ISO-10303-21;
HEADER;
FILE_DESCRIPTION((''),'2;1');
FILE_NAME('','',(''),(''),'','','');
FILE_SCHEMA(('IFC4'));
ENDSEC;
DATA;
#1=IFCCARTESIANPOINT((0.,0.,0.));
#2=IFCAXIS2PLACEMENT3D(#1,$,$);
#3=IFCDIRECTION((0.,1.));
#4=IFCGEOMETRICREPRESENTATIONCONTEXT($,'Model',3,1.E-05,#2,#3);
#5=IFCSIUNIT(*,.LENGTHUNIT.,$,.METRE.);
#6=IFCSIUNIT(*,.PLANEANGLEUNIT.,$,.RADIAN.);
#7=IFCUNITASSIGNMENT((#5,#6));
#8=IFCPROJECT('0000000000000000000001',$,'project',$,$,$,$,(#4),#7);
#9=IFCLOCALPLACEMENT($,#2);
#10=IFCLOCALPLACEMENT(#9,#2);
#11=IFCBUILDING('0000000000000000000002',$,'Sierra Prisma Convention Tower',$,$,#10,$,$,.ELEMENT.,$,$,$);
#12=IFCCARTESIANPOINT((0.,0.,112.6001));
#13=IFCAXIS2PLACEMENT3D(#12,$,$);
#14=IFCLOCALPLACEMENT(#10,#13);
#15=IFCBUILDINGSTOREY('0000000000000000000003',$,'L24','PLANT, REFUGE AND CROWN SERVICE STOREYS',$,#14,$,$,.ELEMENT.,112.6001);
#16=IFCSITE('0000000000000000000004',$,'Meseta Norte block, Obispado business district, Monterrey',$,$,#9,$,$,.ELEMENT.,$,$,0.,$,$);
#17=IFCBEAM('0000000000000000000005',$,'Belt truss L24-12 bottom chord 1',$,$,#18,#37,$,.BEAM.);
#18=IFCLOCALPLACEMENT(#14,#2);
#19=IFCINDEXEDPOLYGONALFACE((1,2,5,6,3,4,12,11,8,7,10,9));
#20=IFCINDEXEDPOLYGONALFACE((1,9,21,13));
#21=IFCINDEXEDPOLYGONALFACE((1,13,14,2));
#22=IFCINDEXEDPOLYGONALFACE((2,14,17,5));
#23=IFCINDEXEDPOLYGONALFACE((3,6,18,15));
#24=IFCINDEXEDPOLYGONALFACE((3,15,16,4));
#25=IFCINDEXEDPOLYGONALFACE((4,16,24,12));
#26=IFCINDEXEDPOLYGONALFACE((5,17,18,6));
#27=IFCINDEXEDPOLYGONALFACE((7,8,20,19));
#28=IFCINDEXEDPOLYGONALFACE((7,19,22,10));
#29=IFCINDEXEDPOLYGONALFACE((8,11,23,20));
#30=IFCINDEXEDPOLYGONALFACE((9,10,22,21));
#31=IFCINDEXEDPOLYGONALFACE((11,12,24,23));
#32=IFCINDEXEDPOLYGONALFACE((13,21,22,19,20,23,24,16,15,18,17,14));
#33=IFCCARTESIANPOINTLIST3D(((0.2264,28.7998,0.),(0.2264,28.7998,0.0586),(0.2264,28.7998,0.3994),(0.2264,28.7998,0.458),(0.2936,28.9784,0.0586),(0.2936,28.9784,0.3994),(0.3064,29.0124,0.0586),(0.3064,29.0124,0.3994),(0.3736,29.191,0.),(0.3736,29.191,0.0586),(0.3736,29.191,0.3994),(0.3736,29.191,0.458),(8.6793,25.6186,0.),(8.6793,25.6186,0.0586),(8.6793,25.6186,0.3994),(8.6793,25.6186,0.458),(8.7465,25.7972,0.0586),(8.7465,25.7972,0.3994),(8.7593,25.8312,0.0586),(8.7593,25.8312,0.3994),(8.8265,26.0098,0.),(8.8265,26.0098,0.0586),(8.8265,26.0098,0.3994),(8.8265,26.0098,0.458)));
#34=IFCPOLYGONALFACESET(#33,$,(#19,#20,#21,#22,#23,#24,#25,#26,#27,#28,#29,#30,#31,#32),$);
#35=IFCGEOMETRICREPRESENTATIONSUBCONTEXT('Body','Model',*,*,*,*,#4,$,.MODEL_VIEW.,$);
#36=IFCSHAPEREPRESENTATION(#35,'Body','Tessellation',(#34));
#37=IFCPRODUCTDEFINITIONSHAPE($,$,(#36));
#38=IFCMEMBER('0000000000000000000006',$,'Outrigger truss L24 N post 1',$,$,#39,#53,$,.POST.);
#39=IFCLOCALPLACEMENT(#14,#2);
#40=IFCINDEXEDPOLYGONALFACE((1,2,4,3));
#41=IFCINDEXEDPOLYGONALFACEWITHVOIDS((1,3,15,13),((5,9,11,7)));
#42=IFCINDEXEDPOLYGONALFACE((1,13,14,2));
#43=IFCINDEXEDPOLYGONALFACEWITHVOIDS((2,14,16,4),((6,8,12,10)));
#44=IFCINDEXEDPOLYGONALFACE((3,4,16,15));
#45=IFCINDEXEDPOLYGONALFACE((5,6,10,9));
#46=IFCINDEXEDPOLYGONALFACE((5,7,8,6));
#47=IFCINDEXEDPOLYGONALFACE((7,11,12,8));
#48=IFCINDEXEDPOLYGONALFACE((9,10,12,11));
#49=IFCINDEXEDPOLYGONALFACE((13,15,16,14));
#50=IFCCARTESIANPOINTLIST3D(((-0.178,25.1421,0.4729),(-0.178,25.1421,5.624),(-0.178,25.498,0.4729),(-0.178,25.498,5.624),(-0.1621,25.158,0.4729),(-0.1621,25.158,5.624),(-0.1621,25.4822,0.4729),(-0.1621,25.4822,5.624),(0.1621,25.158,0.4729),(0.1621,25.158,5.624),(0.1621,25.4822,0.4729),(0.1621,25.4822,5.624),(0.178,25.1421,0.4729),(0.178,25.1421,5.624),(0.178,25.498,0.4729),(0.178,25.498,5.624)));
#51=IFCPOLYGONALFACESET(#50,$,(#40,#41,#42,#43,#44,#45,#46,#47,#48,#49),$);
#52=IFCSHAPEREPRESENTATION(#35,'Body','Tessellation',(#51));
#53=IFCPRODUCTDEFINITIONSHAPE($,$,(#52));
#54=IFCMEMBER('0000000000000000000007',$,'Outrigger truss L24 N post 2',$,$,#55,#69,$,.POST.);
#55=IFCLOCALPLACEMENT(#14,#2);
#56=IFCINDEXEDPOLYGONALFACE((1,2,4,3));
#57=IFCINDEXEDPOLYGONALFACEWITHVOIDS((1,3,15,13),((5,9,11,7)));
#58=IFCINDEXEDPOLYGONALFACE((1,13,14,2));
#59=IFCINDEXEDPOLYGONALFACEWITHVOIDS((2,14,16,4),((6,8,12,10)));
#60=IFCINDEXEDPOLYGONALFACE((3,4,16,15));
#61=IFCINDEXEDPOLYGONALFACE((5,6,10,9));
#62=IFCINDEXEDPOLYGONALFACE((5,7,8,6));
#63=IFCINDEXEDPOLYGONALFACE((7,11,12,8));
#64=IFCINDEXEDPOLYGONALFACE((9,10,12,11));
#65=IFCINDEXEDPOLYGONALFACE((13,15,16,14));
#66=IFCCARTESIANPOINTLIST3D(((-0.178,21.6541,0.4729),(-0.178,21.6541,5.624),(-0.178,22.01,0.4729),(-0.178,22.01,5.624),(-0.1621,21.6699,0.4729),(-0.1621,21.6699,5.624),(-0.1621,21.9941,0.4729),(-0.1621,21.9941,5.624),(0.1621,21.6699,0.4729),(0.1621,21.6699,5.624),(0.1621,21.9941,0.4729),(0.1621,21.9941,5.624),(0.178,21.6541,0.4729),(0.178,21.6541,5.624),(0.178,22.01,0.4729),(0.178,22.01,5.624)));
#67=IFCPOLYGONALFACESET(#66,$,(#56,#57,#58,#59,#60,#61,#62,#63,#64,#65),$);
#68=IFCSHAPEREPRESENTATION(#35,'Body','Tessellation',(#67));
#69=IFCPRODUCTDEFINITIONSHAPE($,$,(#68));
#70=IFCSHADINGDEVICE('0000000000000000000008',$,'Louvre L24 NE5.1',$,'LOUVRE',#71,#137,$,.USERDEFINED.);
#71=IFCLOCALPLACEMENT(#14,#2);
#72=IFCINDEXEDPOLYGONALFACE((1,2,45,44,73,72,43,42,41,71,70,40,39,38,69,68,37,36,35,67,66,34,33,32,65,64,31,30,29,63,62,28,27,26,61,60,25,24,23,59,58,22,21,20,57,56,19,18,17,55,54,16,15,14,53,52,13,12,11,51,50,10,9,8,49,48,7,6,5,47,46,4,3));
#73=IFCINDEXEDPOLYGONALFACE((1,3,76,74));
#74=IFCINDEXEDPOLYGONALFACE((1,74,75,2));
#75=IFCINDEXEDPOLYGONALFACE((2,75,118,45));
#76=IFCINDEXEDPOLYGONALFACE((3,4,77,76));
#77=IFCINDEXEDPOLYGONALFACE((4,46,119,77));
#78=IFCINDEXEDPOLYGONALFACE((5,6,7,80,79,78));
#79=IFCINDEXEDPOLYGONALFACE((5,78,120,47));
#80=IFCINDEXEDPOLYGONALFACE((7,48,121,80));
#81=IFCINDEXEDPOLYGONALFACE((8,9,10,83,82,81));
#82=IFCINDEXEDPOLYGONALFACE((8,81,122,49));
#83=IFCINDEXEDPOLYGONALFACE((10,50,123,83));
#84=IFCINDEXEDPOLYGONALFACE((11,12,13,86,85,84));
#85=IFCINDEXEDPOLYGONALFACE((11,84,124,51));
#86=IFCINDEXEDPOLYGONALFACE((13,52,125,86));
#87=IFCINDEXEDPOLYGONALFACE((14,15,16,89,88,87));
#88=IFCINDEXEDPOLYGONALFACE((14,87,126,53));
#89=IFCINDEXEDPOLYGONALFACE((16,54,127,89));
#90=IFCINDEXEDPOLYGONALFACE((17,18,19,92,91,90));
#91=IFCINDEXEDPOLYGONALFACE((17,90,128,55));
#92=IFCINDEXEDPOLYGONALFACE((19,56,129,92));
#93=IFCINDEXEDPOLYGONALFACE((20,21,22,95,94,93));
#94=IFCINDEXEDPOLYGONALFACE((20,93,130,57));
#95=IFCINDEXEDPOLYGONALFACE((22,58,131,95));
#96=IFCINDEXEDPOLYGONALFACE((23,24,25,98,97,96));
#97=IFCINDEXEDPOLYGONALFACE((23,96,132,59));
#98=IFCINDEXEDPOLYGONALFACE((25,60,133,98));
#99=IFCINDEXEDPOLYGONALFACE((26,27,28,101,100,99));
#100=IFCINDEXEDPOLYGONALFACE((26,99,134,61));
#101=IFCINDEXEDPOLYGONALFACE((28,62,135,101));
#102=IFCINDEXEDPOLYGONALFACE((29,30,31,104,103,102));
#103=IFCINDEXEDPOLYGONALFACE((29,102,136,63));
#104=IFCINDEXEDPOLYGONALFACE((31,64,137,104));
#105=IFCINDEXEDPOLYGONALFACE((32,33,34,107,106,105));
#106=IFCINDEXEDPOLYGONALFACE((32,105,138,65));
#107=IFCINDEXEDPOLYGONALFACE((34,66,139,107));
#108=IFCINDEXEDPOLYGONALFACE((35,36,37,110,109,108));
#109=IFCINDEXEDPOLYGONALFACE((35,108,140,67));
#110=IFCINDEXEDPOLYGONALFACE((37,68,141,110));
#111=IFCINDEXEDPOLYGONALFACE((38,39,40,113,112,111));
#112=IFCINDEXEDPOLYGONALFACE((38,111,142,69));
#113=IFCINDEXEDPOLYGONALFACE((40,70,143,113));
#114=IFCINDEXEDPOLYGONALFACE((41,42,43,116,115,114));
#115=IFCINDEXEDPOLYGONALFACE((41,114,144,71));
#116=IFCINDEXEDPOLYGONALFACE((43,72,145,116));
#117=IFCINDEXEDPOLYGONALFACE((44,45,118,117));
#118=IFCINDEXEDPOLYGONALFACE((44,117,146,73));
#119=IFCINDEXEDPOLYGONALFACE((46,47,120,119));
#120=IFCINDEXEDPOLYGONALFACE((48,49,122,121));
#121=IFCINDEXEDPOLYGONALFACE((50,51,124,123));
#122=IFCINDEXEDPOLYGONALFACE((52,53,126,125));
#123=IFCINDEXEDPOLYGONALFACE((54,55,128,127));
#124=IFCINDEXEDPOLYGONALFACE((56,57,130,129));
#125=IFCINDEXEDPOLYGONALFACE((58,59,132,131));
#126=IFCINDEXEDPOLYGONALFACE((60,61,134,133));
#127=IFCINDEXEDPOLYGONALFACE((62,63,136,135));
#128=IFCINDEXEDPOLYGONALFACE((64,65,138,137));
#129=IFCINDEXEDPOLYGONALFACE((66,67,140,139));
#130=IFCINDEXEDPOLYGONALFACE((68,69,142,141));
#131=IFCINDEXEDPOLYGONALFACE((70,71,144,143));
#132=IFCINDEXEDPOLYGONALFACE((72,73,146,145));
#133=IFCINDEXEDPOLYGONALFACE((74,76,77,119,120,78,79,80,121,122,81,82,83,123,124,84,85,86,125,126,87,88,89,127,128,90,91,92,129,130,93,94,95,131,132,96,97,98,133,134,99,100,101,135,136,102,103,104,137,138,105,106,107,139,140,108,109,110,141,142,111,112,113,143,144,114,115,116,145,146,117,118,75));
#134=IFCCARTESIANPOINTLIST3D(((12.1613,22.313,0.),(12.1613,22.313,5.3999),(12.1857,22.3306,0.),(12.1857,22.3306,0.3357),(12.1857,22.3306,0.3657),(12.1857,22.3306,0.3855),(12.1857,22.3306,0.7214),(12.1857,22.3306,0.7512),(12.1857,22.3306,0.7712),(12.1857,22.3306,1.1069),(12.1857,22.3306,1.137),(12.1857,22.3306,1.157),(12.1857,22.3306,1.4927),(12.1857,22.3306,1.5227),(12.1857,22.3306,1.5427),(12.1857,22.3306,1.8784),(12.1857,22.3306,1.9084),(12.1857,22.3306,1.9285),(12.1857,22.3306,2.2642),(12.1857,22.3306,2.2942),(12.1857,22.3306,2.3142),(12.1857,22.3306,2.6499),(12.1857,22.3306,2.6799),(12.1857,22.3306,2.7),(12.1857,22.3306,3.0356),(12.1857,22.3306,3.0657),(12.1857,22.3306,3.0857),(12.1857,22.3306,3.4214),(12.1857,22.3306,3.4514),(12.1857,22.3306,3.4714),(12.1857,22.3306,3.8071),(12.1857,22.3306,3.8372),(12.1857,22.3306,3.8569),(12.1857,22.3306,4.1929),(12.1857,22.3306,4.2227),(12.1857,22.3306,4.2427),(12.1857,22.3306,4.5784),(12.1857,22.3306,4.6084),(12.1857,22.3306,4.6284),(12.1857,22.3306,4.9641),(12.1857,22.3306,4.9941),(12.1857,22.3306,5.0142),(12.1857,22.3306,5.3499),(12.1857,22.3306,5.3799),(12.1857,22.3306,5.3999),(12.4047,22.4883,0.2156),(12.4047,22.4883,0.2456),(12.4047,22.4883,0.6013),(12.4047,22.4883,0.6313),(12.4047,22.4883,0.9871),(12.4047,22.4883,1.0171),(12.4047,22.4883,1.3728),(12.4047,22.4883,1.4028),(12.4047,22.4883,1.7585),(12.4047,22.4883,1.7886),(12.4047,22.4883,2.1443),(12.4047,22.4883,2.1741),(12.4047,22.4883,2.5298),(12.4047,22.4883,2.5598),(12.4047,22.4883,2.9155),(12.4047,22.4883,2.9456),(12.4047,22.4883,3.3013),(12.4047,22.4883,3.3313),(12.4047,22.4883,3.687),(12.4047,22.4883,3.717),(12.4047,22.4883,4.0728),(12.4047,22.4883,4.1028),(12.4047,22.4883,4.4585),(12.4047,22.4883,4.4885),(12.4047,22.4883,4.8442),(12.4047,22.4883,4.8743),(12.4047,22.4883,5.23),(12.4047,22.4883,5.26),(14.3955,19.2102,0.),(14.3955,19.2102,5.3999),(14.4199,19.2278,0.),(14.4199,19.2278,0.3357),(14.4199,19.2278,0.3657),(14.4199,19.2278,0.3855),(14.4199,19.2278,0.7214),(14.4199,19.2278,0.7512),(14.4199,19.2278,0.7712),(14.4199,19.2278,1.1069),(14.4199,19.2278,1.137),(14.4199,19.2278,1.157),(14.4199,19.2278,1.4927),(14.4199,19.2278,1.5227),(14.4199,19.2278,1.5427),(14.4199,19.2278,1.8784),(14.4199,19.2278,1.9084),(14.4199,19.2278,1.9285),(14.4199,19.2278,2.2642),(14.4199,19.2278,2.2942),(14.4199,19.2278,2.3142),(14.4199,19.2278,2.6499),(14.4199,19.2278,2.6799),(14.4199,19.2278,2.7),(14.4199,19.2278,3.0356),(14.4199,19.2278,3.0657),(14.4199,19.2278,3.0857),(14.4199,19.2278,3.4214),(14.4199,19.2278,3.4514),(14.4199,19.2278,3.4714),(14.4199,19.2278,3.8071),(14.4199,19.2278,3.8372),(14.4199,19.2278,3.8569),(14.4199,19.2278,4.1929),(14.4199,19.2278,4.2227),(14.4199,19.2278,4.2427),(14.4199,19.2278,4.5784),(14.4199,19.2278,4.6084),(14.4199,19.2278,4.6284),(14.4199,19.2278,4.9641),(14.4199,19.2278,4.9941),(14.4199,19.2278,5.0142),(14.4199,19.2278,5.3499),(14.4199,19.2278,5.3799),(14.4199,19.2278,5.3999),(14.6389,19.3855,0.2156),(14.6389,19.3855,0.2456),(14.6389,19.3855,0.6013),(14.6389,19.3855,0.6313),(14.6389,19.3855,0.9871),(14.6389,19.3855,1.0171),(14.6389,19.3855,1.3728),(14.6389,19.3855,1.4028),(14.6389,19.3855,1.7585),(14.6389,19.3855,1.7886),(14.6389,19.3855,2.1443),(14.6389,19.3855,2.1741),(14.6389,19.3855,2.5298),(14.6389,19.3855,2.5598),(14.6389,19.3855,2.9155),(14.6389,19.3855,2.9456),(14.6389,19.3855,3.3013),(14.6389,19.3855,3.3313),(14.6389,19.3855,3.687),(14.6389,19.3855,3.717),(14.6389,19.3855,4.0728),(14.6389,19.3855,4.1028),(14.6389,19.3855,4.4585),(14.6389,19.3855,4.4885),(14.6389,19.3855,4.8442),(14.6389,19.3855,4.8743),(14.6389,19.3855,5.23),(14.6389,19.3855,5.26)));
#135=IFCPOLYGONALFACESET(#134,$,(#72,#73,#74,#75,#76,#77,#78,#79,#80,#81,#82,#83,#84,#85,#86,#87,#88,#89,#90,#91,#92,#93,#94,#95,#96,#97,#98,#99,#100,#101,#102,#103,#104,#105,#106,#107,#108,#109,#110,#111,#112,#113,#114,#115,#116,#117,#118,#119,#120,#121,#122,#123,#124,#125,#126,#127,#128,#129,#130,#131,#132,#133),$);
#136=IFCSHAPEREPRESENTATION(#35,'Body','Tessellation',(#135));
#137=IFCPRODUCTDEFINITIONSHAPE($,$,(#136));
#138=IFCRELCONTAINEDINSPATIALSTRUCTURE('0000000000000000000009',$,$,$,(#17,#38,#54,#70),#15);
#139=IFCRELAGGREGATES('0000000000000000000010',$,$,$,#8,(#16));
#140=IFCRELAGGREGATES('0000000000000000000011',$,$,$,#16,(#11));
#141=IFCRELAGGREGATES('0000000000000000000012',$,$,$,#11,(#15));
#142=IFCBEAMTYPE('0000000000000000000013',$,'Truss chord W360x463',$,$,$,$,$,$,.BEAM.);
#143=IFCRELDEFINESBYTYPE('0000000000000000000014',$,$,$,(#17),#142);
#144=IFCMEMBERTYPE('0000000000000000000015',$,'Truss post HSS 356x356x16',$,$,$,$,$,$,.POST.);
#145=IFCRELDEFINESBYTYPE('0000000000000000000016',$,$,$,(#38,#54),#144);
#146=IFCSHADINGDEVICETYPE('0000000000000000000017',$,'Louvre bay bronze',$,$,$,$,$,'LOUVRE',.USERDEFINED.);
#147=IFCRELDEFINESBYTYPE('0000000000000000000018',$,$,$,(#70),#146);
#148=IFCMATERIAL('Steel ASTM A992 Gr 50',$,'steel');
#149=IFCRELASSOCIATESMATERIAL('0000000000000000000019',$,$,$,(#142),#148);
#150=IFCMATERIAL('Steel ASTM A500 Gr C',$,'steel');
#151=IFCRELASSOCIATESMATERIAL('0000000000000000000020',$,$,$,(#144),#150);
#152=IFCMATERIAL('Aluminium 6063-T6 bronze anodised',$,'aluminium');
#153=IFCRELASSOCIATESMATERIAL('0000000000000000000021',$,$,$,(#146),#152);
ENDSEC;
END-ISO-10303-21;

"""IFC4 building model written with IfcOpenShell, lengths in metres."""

from ifc_helpers import new_model, si_unit, direction, frame, origin, origin_2d, place, context, subcontext, project, spatial, polyline, hollow_rectangle, i_section, outline, extrude, material, material_profile, profile_set, type_object, element, save


model = new_model("IFC4")

# Units and contexts
model_context = context("Model", 3, precision=1e-05, world=origin(), true_north=direction((0.0, 1.0)))
body_context = subcontext(model_context, "Body", "Model", "MODEL_VIEW")
ifc_project = project(units=[si_unit("LENGTHUNIT", "METRE"), si_unit("PLANEANGLEUNIT", "RADIAN")], contexts=[model_context])

# Site, building, storey
site_placement = place(None, origin())
site = spatial("IfcSite", under=ifc_project, at=site_placement, Name="Meseta Norte block, Obispado business district, Monterrey", CompositionType="ELEMENT", RefElevation=0.0)
building_placement = place(site_placement, origin())
building = spatial("IfcBuilding", under=site, at=building_placement, Name="Sierra Prisma Convention Tower", CompositionType="ELEMENT")
storey_placement = place(building_placement, frame((0.0, 0.0, 112.6001)))
storey = spatial("IfcBuildingStorey", under=building, at=storey_placement, Name="L24", Description="PLANT, REFUGE AND CROWN SERVICE STOREYS", CompositionType="ELEMENT", Elevation=112.6001)

# Beam
ifc_material_1 = material(Name="Steel ASTM A992 Gr 50", Category="steel")
ifc_material_profile_1 = material_profile(ifc_material_1, i_section(OverallWidth=0.418, OverallDepth=0.458, WebThickness=0.0364, FlangeThickness=0.0586, at=origin_2d()), Name="W360x463")
ifc_profile_set_1 = profile_set([ifc_material_profile_1], Name="Steel ASTM A992 Gr 50")
beam_type_1 = type_object("IfcBeamType", Name="Truss chord W360x463", PredefinedType="BEAM", material=ifc_profile_set_1)
beam_1_placement = place(storey_placement, frame((8.7529, 25.8142, 0.229), z_axis=(-0.935916, 0.352222, 0.0), x_axis=(-0.352222, -0.935916, 0.0)))
element("IfcBeam", 1, at=beam_1_placement, inside=storey, type_object=beam_type_1, Name="Belt truss L24-12 bottom chord 1", PredefinedType="BEAM", context=body_context, shape_type="SweptSolid", body=[
    extrude(i_section(OverallWidth=0.418, OverallDepth=0.458, WebThickness=0.0364, FlangeThickness=0.0586, at=origin_2d()), origin(), (0.0, 0.0, 1.0), 9.0317),
])

# Members
ifc_material_2 = material(Name="Steel ASTM A500 Gr C", Category="steel")
ifc_material_profile_2 = material_profile(ifc_material_2, hollow_rectangle(XDim=0.356, YDim=0.356, WallThickness=0.0159, at=origin_2d()), Name="Truss post HSS 356x356x16")
ifc_profile_set_2 = profile_set([ifc_material_profile_2], Name="Steel ASTM A500 Gr C")
member_type_1 = type_object("IfcMemberType", Name="Truss post HSS 356x356x16", PredefinedType="POST", material=ifc_profile_set_2)
for number, where, z_axis, x_axis, name in (
    (2, (0.0, 25.3201, 0.4729), (0.0, 0.0, 1.0), (1.0, 0.0, 0.0), "Outrigger truss L24 N post 1"),
    (3, (0.0, 21.832, 0.4729), (0.0, 0.0, 1.0), (1.0, 0.0, 0.0), "Outrigger truss L24 N post 2"),
):
    element("IfcMember", number, at=place(storey_placement, frame(where, z_axis=z_axis, x_axis=x_axis)), inside=storey, type_object=member_type_1, Name=name, PredefinedType="POST", context=body_context, shape_type="SweptSolid", body=[
        extrude(hollow_rectangle(XDim=0.356, YDim=0.356, WallThickness=0.0159, at=origin_2d()), origin(), (0.0, 0.0, 1.0), 5.1511),
    ])

# Shading device
ifc_material_3 = material(Name="Aluminium 6063-T6 bronze anodised", Category="aluminium")
shading_device_type = type_object("IfcShadingDeviceType", Name="Louvre bay bronze", ElementType="LOUVRE", PredefinedType="USERDEFINED", material=ifc_material_3)
shading_device_1_placement = place(storey_placement, frame((14.3955, 19.2102, 0.0), z_axis=(0.584344, -0.811506, 0.0), x_axis=(0.0, 0.0, 1.0)))
element("IfcShadingDevice", 4, at=shading_device_1_placement, inside=storey, type_object=shading_device_type, Name="Louvre L24 NE5.1", ObjectType="LOUVRE", PredefinedType="USERDEFINED", context=body_context, shape_type="SweptSolid", body=[
    extrude(outline(polyline([(0.0, 0.0), (5.3999, 0.0), (5.3999, -0.0301), (5.3799, -0.0301), (5.26, -0.3), (5.23, -0.3), (5.3499, -0.0301), (5.0142, -0.0301), (4.9941, -0.0301), (4.8743, -0.3), (4.8442, -0.3), (4.9641, -0.0301), (4.6284, -0.0301), (4.6084, -0.0301), (4.4885, -0.3), (4.4585, -0.3), (4.5784, -0.0301), (4.2427, -0.0301), (4.2227, -0.0301), (4.1028, -0.3), (4.0728, -0.3), (4.1929, -0.0301), (3.8569, -0.0301), (3.8372, -0.0301), (3.717, -0.3), (3.687, -0.3), (3.8071, -0.0301), (3.4714, -0.0301), (3.4514, -0.0301), (3.3313, -0.3), (3.3013, -0.3), (3.4214, -0.0301), (3.0857, -0.0301), (3.0657, -0.0301), (2.9456, -0.3), (2.9155, -0.3), (3.0356, -0.0301), (2.7, -0.0301), (2.6799, -0.0301), (2.5598, -0.3), (2.5298, -0.3), (2.6499, -0.0301), (2.3142, -0.0301), (2.2942, -0.0301), (2.1741, -0.3), (2.1443, -0.3), (2.2642, -0.0301), (1.9285, -0.0301), (1.9084, -0.0301), (1.7886, -0.3), (1.7585, -0.3), (1.8784, -0.0301), (1.5427, -0.0301), (1.5227, -0.0301), (1.4028, -0.3), (1.3728, -0.3), (1.4927, -0.0301), (1.157, -0.0301), (1.137, -0.0301), (1.0171, -0.3), (0.9871, -0.3), (1.1069, -0.0301), (0.7712, -0.0301), (0.7512, -0.0301), (0.6313, -0.3), (0.6013, -0.3), (0.7214, -0.0301), (0.3855, -0.0301), (0.3657, -0.0301), (0.2456, -0.3), (0.2156, -0.3), (0.3357, -0.0301), (0.0, -0.0301), (0.0, 0.0)])), origin(), (0.0, 0.0, -1.0), 3.8235),
])

save(model, "model.ifc")
